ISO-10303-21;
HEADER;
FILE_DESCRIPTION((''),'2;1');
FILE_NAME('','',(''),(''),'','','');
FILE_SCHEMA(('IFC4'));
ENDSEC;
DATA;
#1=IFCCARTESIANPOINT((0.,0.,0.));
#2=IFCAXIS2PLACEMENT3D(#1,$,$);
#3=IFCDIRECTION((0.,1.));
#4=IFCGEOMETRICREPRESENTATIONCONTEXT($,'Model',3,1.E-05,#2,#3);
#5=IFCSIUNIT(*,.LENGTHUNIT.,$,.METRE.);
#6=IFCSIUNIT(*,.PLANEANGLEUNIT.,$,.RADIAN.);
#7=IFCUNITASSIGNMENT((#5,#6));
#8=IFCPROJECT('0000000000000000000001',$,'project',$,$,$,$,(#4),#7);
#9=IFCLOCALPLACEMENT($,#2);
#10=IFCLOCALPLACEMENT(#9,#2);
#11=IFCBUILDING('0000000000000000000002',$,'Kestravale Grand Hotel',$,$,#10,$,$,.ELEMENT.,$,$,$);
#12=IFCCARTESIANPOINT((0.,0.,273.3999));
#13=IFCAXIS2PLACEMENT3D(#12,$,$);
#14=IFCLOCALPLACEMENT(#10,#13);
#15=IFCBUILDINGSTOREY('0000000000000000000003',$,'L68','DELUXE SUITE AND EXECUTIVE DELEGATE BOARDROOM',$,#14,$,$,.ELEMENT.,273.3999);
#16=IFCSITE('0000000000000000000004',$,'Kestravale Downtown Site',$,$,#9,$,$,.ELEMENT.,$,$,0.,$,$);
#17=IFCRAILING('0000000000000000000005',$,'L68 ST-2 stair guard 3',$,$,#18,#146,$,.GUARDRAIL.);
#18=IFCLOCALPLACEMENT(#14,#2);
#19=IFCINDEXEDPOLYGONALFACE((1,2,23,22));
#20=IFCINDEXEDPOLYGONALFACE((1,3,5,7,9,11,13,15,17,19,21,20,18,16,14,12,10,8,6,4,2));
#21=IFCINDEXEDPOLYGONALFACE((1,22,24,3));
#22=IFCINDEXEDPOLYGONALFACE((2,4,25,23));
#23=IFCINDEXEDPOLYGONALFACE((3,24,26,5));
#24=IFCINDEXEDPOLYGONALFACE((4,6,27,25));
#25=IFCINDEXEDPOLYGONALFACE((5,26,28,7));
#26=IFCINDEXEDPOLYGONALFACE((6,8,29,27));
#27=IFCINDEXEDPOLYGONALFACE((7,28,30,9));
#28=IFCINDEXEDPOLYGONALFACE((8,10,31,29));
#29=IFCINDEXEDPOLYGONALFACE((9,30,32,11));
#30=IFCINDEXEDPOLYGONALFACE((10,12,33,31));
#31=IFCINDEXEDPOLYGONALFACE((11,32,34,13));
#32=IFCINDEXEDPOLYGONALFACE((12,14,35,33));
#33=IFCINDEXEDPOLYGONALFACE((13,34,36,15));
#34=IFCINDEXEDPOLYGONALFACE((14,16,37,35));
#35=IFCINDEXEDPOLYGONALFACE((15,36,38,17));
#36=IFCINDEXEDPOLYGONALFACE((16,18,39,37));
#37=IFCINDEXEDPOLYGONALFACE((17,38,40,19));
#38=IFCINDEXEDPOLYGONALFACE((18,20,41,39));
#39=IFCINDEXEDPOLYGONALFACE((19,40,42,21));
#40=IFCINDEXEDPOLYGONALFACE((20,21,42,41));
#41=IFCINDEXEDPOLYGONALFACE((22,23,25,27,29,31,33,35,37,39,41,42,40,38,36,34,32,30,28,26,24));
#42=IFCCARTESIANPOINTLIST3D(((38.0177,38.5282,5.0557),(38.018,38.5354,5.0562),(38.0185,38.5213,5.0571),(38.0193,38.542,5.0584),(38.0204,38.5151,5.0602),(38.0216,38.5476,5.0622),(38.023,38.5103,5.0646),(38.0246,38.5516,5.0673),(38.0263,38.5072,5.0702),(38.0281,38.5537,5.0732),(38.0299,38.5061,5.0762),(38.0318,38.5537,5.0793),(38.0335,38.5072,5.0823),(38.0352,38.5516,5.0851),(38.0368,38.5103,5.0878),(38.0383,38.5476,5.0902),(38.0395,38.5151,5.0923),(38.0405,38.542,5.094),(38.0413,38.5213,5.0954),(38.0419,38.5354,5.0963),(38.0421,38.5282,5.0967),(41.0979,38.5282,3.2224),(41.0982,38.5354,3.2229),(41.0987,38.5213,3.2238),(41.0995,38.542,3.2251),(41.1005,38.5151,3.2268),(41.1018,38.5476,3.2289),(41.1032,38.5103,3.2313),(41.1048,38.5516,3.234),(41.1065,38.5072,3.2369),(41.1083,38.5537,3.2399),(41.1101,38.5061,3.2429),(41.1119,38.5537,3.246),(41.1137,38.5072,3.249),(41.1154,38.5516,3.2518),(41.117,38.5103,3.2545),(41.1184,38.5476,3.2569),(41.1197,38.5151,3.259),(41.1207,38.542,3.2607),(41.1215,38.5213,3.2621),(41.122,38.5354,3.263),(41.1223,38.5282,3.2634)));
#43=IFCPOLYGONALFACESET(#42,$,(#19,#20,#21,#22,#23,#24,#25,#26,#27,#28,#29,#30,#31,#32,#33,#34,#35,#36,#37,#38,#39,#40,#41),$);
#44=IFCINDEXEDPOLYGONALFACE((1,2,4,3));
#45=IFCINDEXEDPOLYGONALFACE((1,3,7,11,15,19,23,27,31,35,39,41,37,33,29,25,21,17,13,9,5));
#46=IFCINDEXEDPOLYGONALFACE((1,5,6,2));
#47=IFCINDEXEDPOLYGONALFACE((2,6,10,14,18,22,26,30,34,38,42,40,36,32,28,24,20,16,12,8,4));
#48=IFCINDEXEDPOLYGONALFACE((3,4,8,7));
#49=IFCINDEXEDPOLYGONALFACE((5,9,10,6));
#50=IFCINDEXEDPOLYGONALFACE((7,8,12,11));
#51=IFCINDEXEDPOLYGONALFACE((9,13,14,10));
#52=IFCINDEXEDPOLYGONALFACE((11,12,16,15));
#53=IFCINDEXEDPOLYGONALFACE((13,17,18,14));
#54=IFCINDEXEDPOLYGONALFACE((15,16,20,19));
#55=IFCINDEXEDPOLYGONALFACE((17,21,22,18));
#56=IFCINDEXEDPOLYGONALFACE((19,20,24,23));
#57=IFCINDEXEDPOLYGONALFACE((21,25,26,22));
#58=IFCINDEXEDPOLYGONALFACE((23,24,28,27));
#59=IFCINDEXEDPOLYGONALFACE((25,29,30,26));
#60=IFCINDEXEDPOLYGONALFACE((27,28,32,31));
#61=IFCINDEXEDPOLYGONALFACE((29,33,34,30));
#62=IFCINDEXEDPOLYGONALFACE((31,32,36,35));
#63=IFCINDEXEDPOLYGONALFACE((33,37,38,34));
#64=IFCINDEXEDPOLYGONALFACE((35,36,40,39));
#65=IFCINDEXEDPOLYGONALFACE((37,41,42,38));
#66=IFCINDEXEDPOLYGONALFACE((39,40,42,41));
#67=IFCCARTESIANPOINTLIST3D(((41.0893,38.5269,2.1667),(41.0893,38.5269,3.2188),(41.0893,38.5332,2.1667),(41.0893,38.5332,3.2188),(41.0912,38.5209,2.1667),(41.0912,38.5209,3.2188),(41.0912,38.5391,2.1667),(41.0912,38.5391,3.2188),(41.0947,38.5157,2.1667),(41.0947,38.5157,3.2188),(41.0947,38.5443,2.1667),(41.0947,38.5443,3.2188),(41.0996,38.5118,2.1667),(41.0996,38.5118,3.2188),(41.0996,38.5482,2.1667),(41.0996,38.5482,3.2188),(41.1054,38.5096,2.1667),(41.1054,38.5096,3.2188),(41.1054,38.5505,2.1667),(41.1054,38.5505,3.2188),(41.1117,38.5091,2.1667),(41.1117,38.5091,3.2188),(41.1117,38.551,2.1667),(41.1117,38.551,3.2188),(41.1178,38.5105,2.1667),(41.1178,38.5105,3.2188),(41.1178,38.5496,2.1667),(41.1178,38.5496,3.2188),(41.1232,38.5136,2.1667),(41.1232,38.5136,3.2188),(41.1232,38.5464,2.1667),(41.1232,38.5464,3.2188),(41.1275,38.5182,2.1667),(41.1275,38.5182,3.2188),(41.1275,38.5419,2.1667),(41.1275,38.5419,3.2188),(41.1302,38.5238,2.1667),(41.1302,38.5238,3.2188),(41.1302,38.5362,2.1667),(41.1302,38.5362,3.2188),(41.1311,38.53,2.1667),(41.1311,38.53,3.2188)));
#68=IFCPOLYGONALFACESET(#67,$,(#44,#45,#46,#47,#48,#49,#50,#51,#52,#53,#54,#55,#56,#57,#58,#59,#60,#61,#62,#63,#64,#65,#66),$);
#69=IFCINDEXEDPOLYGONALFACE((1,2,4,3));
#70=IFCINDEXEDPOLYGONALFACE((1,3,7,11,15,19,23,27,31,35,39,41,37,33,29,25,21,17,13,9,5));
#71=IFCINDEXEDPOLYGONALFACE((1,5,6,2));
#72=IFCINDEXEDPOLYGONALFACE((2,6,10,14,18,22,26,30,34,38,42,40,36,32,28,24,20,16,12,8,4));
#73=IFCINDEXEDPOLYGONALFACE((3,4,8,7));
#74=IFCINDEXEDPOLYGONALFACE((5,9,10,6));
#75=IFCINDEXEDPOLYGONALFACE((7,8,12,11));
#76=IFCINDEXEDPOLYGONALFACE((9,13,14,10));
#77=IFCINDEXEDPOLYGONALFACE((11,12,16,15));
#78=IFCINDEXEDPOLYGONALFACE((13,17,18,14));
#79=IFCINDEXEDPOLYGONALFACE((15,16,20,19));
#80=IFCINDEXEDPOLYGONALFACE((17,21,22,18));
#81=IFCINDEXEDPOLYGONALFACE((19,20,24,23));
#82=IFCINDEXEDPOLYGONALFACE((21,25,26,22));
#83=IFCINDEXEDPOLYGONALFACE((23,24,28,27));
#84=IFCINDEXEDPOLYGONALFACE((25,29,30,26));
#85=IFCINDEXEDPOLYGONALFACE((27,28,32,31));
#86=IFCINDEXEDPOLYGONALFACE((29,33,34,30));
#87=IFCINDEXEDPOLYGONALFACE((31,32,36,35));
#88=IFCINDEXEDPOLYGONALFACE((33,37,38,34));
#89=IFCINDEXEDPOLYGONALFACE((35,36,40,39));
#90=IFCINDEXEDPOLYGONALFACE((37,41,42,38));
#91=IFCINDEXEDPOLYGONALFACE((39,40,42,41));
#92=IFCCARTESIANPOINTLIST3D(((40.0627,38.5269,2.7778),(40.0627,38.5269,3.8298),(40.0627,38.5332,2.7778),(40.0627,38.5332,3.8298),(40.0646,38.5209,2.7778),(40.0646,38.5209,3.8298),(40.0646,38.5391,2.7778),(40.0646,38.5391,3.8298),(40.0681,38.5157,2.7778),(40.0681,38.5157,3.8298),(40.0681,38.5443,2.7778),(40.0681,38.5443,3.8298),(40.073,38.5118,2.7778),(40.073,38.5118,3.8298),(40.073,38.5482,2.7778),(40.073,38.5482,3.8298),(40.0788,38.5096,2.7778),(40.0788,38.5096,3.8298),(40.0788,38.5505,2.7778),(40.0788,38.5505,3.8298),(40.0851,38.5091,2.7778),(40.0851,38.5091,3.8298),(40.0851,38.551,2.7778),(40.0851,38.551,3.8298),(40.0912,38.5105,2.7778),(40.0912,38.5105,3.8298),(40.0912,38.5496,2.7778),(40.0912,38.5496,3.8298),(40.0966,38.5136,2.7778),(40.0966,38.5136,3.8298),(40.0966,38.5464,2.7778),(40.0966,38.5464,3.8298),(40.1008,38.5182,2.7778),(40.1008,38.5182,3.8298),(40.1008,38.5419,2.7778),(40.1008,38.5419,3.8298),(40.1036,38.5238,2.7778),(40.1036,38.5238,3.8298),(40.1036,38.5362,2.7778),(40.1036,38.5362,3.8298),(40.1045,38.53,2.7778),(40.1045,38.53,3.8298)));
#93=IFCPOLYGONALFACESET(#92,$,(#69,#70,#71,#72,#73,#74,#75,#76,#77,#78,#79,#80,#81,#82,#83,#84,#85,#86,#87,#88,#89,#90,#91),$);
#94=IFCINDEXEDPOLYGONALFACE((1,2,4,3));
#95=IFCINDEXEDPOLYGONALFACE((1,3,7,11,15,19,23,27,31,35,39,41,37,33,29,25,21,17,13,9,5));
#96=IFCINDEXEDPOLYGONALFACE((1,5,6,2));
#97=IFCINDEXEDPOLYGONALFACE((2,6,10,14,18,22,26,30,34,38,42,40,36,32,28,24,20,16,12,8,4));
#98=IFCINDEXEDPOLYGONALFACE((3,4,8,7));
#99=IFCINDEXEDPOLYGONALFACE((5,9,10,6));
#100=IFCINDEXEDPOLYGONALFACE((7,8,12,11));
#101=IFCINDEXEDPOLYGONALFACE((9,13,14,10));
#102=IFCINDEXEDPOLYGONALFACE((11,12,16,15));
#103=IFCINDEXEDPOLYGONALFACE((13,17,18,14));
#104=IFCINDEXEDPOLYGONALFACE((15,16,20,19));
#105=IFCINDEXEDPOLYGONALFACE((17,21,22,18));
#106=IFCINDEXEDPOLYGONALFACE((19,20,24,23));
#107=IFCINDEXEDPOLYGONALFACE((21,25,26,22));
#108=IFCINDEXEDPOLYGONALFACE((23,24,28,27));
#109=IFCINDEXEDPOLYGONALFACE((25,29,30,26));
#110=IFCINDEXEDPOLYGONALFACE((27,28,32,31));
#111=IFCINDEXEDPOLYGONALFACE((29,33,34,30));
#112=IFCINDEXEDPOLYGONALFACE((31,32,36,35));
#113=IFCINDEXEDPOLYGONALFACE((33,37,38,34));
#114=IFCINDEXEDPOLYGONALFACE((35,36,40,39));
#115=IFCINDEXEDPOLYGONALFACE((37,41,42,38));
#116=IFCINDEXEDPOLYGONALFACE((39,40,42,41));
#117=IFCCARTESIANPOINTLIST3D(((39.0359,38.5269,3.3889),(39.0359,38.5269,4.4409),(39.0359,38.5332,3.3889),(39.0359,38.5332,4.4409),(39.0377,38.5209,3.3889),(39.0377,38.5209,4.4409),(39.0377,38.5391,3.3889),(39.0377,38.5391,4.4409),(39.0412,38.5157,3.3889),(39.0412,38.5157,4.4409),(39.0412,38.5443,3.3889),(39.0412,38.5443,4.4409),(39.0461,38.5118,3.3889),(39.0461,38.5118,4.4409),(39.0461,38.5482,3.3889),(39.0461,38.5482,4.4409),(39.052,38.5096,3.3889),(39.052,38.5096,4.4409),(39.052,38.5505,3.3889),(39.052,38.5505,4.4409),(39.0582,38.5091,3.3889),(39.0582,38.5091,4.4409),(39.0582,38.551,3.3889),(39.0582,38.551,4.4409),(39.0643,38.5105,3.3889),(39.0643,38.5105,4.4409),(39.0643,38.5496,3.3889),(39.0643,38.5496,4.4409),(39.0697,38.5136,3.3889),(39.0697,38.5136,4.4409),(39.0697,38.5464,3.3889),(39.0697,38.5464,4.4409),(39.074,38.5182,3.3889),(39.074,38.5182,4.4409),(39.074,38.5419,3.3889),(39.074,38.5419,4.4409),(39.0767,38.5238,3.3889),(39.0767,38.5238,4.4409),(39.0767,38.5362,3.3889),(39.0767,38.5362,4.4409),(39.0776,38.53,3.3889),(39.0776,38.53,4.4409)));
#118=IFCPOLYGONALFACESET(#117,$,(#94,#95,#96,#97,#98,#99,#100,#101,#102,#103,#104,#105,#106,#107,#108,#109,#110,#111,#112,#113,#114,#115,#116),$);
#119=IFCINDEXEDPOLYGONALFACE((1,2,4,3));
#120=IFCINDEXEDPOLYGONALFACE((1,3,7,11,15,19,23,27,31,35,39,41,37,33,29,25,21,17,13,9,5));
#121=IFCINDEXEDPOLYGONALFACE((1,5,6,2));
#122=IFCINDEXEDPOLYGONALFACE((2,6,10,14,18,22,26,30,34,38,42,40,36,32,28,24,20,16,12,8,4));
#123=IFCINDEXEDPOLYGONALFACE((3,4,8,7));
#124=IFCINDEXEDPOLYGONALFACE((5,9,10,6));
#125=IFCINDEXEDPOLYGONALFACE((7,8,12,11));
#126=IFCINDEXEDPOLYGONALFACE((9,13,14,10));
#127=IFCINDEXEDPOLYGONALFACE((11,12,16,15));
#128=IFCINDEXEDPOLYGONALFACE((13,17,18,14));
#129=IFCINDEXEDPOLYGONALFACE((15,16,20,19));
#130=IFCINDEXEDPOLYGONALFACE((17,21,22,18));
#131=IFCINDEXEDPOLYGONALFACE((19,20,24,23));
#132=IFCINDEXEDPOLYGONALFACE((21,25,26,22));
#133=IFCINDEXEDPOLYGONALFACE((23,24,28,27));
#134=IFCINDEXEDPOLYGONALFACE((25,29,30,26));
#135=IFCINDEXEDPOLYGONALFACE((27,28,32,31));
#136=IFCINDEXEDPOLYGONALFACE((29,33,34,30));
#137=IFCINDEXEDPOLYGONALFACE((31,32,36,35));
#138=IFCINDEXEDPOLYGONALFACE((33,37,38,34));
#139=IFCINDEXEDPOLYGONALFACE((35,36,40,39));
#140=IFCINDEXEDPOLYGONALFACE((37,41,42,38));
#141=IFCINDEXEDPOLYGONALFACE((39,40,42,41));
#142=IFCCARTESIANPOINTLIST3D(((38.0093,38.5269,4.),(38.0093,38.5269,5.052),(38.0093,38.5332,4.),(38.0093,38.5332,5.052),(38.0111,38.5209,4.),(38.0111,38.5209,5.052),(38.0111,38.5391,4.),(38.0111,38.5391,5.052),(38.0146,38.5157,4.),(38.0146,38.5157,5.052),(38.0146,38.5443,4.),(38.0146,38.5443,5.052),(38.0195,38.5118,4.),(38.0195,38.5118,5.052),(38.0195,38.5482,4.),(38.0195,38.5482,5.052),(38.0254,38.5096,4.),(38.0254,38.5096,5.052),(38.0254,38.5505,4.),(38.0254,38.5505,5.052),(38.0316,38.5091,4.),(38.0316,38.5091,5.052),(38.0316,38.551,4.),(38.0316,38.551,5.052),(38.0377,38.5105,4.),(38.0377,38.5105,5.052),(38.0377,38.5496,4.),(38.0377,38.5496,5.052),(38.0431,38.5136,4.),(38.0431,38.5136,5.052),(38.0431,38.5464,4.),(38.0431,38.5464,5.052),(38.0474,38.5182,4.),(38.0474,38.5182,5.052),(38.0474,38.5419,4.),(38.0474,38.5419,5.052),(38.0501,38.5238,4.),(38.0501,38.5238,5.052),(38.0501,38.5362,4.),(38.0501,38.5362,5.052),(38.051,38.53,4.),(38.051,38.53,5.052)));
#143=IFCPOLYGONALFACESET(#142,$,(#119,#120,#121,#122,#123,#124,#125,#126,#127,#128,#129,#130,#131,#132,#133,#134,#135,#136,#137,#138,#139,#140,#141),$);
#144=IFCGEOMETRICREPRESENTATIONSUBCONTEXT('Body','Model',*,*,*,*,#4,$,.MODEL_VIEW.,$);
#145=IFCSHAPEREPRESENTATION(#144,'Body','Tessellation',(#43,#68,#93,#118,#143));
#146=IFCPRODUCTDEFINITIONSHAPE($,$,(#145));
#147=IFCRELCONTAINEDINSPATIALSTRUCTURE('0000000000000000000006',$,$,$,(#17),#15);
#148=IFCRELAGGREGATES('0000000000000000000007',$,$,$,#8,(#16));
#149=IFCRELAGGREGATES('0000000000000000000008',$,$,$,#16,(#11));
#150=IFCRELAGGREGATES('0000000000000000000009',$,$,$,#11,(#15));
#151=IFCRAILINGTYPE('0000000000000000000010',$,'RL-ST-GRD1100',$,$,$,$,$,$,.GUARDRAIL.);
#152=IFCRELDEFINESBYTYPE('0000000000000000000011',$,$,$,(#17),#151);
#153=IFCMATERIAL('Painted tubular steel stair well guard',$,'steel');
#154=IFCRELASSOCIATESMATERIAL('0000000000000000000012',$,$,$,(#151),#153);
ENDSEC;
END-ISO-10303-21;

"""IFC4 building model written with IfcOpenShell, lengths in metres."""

from ifc_helpers import new_model, si_unit, direction, frame, origin, origin_2d, place, context, subcontext, project, spatial, circle, extrude, material, type_object, element, save


model = new_model("IFC4")

# Units and contexts
model_context = context("Model", 3, precision=1e-05, world=origin(), true_north=direction((0.0, 1.0)))
body_context = subcontext(model_context, "Body", "Model", "MODEL_VIEW")
ifc_project = project(units=[si_unit("LENGTHUNIT", "METRE"), si_unit("PLANEANGLEUNIT", "RADIAN")], contexts=[model_context])

# Site, building, storey
site_placement = place(None, origin())
site = spatial("IfcSite", under=ifc_project, at=site_placement, Name="Kestravale Downtown Site", CompositionType="ELEMENT", RefElevation=0.0)
building_placement = place(site_placement, origin())
building = spatial("IfcBuilding", under=site, at=building_placement, Name="Kestravale Grand Hotel", CompositionType="ELEMENT")
storey_placement = place(building_placement, frame((0.0, 0.0, 273.3999)))
storey = spatial("IfcBuildingStorey", under=building, at=storey_placement, Name="L68", Description="DELUXE SUITE AND EXECUTIVE DELEGATE BOARDROOM", CompositionType="ELEMENT", Elevation=273.3999)

# Railing
ifc_material_1 = material(Name="Painted tubular steel stair well guard", Category="steel")
railing_type_1 = type_object("IfcRailingType", Name="RL-ST-GRD1100", PredefinedType="GUARDRAIL", material=ifc_material_1)
railing_1_placement = place(storey_placement, frame((41.1101, 38.53, 2.1667)))
element("IfcRailing", 1, at=railing_1_placement, inside=storey, type_object=railing_type_1, Name="L68 ST-2 stair guard 3", PredefinedType="GUARDRAIL", context=body_context, shape_type="SweptSolid", body=[
    extrude(circle(Radius=0.0239, at=origin_2d()), frame((0.0, 0.0, 1.0762), z_axis=(-0.859309, 0.0, 0.511458), x_axis=(0.0, -1.0, 0.0)), (0.0, 0.0, 1.0), 3.5845),
    extrude(circle(Radius=0.021, at=origin_2d()), origin(), (0.0, 0.0, 1.0), 1.052),
    extrude(circle(Radius=0.021, at=origin_2d()), frame((-1.0266, 0.0, 0.6111)), (0.0, 0.0, 1.0), 1.052),
    extrude(circle(Radius=0.021, at=origin_2d()), frame((-2.0535, 0.0, 1.2222)), (0.0, 0.0, 1.0), 1.052),
    extrude(circle(Radius=0.021, at=origin_2d()), frame((-3.0801, 0.0, 1.8333)), (0.0, 0.0, 1.0), 1.052),
])

save(model, "model.ifc")
